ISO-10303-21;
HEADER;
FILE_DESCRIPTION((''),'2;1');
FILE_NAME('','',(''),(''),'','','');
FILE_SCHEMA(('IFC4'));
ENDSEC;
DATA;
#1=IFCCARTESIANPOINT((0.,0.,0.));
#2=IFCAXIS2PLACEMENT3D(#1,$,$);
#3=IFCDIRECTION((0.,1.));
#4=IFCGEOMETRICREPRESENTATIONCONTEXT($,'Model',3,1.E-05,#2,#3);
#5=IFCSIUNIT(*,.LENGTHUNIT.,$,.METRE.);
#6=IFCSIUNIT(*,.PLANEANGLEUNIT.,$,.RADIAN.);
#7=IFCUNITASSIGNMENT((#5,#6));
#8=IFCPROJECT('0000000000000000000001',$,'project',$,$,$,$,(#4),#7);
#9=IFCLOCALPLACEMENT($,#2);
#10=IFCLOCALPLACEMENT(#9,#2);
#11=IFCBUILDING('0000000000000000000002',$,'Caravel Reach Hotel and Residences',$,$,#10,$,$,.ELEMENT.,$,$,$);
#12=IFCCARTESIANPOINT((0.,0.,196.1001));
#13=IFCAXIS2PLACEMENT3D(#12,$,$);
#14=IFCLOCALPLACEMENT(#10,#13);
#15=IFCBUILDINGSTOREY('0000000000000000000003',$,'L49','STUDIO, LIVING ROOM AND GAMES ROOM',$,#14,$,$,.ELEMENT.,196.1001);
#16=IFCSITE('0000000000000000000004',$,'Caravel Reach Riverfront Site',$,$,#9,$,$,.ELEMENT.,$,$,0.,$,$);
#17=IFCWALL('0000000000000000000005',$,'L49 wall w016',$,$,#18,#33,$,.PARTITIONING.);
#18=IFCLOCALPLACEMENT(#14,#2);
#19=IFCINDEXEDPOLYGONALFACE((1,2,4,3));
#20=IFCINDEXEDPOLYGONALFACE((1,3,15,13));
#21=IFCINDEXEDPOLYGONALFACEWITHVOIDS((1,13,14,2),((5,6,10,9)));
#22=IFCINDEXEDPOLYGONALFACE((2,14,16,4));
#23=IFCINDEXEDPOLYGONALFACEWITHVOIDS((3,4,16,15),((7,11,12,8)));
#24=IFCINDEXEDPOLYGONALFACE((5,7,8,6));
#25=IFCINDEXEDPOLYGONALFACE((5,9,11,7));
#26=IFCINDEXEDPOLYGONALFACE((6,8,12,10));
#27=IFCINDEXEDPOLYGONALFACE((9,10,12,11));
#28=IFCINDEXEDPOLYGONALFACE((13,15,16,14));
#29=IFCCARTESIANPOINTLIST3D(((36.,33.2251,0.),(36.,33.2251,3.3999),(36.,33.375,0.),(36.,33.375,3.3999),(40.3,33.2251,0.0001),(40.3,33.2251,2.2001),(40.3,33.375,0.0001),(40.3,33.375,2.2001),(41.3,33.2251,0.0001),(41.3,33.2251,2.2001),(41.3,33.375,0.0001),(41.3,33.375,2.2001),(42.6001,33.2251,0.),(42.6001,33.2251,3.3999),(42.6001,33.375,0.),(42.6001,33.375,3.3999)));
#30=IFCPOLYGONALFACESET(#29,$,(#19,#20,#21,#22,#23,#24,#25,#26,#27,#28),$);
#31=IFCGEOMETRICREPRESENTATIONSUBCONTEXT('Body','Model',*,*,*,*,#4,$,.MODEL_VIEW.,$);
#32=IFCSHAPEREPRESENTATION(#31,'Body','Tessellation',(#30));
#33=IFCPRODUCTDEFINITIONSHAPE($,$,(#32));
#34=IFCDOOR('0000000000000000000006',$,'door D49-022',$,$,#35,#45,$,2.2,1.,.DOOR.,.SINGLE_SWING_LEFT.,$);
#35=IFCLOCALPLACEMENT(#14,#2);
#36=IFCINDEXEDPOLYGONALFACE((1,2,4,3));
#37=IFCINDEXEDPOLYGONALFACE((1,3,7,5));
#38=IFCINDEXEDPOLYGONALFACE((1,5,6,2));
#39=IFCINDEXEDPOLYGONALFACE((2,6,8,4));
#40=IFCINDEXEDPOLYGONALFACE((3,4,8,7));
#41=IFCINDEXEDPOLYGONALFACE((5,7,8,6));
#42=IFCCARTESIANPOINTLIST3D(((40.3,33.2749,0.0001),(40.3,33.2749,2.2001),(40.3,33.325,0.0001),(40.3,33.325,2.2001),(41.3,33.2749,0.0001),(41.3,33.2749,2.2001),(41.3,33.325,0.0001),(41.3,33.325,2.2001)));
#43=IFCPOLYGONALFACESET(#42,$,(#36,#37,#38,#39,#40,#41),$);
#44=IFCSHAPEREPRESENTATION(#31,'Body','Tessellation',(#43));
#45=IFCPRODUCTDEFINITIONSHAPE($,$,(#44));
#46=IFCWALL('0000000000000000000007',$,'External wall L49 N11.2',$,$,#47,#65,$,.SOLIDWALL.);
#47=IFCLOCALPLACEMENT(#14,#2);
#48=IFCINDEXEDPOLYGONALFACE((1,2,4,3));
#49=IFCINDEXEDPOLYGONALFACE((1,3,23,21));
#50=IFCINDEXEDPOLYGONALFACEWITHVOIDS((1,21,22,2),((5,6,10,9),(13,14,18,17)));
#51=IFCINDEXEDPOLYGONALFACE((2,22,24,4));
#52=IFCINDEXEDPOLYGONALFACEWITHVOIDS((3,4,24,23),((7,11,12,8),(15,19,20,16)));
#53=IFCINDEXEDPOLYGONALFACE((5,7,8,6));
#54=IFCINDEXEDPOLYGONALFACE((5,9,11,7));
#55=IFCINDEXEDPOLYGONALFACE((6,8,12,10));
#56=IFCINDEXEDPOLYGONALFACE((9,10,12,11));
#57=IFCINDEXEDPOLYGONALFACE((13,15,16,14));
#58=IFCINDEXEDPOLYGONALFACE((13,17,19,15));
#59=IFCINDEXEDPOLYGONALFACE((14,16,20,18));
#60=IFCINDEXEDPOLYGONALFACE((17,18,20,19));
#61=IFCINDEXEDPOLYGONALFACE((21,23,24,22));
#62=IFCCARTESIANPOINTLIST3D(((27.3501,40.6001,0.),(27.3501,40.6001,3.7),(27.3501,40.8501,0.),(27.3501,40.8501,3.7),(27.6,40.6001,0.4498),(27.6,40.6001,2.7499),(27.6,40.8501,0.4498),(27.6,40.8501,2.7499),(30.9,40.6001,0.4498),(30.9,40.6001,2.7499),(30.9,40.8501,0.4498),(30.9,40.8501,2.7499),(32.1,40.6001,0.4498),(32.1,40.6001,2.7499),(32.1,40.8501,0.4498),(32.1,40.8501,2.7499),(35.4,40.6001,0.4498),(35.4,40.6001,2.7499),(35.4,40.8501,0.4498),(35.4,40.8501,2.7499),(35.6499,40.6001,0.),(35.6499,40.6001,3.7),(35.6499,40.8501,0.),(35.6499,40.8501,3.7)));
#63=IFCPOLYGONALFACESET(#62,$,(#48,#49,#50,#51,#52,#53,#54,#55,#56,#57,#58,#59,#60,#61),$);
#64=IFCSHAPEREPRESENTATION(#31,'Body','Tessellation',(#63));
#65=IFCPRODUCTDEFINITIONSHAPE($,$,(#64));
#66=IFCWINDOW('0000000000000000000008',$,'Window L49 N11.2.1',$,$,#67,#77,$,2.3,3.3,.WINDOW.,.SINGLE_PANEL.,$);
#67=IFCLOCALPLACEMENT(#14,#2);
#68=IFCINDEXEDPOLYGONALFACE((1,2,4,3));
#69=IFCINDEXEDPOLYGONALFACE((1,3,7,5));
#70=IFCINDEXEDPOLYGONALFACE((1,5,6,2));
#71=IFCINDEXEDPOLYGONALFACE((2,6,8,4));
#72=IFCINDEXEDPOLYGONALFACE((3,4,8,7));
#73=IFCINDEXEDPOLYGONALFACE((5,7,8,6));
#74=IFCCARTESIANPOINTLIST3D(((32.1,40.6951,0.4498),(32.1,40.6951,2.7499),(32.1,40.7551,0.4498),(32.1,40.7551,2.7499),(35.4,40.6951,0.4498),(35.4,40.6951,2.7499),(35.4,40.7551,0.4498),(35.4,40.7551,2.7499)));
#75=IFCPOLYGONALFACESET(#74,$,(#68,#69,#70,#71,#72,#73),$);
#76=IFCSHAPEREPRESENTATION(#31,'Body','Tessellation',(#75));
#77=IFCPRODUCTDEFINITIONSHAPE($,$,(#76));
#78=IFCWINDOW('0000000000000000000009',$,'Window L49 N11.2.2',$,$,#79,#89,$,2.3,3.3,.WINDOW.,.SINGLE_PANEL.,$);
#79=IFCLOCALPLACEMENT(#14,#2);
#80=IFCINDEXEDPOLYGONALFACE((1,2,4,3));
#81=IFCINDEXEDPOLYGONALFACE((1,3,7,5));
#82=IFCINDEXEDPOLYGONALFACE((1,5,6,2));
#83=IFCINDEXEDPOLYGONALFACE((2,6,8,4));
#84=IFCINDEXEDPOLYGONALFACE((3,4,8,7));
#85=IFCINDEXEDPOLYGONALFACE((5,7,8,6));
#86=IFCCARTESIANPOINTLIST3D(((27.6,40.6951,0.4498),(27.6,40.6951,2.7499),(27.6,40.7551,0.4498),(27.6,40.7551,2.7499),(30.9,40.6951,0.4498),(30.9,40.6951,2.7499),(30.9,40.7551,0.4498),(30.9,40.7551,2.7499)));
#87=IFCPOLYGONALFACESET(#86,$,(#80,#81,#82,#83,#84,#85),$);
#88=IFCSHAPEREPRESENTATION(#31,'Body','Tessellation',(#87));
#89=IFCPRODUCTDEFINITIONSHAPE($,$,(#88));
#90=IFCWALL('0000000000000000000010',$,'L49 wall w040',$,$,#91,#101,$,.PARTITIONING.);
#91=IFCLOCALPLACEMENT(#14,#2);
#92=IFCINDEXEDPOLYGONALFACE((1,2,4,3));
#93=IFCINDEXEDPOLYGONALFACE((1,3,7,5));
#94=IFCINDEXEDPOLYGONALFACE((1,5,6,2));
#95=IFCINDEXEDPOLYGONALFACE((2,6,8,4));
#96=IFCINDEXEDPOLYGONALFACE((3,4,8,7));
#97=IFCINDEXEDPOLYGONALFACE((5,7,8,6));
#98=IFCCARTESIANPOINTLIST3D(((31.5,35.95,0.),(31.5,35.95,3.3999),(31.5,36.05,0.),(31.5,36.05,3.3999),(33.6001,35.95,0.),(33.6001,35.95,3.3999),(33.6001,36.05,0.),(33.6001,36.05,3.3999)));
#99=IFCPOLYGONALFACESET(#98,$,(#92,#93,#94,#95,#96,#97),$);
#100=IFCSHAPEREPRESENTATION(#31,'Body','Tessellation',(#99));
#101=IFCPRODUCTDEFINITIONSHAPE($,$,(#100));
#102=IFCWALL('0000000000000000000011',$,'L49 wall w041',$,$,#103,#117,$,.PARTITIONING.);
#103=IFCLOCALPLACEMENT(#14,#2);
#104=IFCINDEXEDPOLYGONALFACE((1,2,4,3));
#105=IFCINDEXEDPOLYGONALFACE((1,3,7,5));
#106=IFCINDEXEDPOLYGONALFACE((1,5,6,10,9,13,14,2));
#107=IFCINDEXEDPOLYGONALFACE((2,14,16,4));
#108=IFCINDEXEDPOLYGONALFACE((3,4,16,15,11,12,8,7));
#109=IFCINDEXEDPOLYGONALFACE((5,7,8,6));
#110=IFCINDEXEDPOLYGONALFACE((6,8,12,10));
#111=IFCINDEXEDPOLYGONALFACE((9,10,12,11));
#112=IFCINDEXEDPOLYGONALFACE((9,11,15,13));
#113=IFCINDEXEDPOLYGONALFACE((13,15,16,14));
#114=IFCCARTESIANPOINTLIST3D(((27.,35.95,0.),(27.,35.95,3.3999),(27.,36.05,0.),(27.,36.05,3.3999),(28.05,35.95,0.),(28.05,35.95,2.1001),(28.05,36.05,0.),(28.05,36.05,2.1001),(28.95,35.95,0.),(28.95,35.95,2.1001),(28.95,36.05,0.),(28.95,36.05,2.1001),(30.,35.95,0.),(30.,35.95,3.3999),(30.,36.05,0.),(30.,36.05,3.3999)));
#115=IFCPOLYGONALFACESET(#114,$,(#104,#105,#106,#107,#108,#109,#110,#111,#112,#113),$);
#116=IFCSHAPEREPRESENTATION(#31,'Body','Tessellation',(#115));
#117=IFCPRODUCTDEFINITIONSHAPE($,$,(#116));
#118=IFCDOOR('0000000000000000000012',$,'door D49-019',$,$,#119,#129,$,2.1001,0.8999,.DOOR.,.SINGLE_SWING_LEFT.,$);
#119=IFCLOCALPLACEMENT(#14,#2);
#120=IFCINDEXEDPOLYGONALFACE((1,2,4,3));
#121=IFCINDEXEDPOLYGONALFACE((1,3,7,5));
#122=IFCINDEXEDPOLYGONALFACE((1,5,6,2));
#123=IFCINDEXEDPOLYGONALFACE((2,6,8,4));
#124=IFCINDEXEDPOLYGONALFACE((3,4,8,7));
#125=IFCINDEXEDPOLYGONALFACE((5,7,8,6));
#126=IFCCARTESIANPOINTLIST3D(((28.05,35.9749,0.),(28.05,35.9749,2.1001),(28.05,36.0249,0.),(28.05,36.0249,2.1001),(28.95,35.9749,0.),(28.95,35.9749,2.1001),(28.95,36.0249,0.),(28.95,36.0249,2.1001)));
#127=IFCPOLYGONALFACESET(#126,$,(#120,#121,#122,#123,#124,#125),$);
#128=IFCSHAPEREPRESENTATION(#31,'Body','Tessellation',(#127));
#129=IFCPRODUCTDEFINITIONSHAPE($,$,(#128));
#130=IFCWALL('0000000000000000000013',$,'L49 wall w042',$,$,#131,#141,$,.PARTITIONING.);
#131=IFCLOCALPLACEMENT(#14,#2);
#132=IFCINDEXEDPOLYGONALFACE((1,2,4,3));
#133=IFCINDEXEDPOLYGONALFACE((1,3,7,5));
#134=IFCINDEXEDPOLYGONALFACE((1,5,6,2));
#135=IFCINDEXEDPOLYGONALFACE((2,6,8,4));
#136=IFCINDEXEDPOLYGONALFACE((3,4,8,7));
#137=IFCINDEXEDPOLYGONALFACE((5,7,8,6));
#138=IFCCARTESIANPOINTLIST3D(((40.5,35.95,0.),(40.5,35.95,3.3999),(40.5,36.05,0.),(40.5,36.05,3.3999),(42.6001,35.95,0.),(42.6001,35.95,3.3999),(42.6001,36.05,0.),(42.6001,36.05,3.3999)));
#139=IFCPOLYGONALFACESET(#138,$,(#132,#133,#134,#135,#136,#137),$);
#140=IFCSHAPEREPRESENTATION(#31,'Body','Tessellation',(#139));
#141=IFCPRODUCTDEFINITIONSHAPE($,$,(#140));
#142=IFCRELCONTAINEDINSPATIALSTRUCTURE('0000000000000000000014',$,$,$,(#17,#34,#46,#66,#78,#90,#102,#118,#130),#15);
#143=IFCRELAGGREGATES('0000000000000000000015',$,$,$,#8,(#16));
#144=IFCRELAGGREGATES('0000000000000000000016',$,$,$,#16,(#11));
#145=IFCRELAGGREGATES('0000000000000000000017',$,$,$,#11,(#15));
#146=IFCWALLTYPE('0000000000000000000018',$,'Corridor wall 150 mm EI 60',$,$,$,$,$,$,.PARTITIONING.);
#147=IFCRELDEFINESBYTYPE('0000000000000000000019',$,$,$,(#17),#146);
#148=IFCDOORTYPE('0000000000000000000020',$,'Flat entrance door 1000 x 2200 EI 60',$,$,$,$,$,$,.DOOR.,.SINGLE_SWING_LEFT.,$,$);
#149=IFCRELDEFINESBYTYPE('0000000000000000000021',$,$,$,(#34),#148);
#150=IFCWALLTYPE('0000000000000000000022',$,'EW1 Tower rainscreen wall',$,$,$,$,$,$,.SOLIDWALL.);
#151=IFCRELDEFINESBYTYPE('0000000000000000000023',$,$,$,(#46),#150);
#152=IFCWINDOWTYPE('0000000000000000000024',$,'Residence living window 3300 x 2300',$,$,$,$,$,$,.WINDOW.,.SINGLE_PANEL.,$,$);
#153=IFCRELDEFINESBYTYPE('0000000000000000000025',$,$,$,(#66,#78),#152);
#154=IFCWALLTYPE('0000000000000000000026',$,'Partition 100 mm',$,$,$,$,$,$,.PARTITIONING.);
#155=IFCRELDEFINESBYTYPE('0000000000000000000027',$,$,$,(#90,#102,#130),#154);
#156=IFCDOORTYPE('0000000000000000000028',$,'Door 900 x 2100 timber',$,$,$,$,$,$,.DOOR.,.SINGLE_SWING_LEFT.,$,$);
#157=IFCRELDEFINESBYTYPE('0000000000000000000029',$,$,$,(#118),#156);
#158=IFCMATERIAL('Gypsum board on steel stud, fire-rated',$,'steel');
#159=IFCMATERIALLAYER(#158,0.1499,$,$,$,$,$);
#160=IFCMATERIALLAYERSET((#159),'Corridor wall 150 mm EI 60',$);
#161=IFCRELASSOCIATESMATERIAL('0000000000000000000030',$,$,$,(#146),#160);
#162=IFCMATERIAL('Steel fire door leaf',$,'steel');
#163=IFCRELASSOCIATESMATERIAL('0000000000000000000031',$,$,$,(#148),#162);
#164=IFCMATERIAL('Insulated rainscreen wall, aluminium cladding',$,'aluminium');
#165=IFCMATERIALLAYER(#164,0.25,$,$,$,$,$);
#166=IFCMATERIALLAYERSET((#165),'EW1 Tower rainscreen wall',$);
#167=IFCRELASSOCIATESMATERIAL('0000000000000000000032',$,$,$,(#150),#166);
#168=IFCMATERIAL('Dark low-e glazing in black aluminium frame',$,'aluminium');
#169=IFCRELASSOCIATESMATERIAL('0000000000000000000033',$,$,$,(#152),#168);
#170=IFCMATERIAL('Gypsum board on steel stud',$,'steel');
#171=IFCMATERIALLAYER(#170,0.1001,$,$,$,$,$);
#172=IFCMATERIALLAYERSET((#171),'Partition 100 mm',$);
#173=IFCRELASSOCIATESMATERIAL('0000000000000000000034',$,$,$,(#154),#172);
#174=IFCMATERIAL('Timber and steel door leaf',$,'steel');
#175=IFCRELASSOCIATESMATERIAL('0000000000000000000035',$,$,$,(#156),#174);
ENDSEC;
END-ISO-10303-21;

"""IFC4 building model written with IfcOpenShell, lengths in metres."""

from ifc_helpers import new_model, si_unit, direction, frame, frame_2d, origin, place, context, subcontext, project, spatial, rectangle, extrude, material, layer, layer_set, type_object, element, fill, save


model = new_model("IFC4")

# Units and contexts
model_context = context("Model", 3, precision=1e-05, world=origin(), true_north=direction((0.0, 1.0)))
body_context = subcontext(model_context, "Body", "Model", "MODEL_VIEW")
ifc_project = project(units=[si_unit("LENGTHUNIT", "METRE"), si_unit("PLANEANGLEUNIT", "RADIAN")], contexts=[model_context])

# Site, building, storey
site_placement = place(None, origin())
site = spatial("IfcSite", under=ifc_project, at=site_placement, Name="Caravel Reach Riverfront Site", CompositionType="ELEMENT", RefElevation=0.0)
building_placement = place(site_placement, origin())
building = spatial("IfcBuilding", under=site, at=building_placement, Name="Caravel Reach Hotel and Residences", CompositionType="ELEMENT")
storey_placement = place(building_placement, frame((0.0, 0.0, 196.1001)))
storey = spatial("IfcBuildingStorey", under=building, at=storey_placement, Name="L49", Description="STUDIO, LIVING ROOM AND GAMES ROOM", CompositionType="ELEMENT", Elevation=196.1001)

# Wall, opening, door
ifc_material_1 = material(Name="Gypsum board on steel stud, fire-rated", Category="steel")
ifc_layer_1 = layer(ifc_material_1, 0.1499)
ifc_layer_set_1 = layer_set([ifc_layer_1], Name="Corridor wall 150 mm EI 60")
wall_type_1 = type_object("IfcWallType", Name="Corridor wall 150 mm EI 60", PredefinedType="PARTITIONING", material=ifc_layer_set_1)
wall_1_placement = place(storey_placement, frame((36.0, 33.3, 0.0), z_axis=(0.0, 0.0, 1.0), x_axis=(1.0, 0.0, 0.0)))
wall_1 = element("IfcWall", 1, at=wall_1_placement, inside=storey, type_object=wall_type_1, Name="L49 wall w016", PredefinedType="PARTITIONING", context=body_context, shape_type="SweptSolid", body=[
    extrude(rectangle(XDim=6.6001, YDim=0.1499, at=frame_2d((3.3, 0.0))), origin(), (0.0, 0.0, 1.0), 3.3999),
])
opening_1_placement = place(wall_1_placement, frame((4.3, 0.0, 0.0)))
opening_1 = element("IfcOpeningElement", 2, at=opening_1_placement, cuts=wall_1, PredefinedType="OPENING", context=body_context, shape_type="SweptSolid", body=[
    extrude(rectangle(XDim=1.0, YDim=2.2, at=frame_2d((0.5, 1.1001))), frame((0.0, 0.085, 0.0), z_axis=(0.0, -1.0, 0.0), x_axis=(1.0, 0.0, 0.0)), (0.0, 0.0, 1.0), 0.1699),
])
ifc_material_2 = material(Name="Steel fire door leaf", Category="steel")
door_type_1 = type_object("IfcDoorType", Name="Flat entrance door 1000 x 2200 EI 60", OperationType="SINGLE_SWING_LEFT", PredefinedType="DOOR", material=ifc_material_2)
door_1_placement = place(opening_1_placement, origin())
door_1 = element("IfcDoor", 3, at=door_1_placement, inside=storey, type_object=door_type_1, Name="door D49-022", OperationType="SINGLE_SWING_LEFT", OverallHeight=2.2, OverallWidth=1.0, PredefinedType="DOOR", context=body_context, shape_type="SweptSolid", body=[
    extrude(rectangle(XDim=1.0, YDim=2.2, at=frame_2d((0.5, 1.1001))), frame((0.0, 0.0249, 0.0), z_axis=(0.0, -1.0, 0.0), x_axis=(1.0, 0.0, 0.0)), (0.0, 0.0, 1.0), 0.05),
])
fill(opening_1, door_1)

# Wall, openings, windows
ifc_material_3 = material(Name="Insulated rainscreen wall, aluminium cladding", Category="aluminium")
ifc_layer_2 = layer(ifc_material_3, 0.25)
ifc_layer_set_2 = layer_set([ifc_layer_2], Name="EW1 Tower rainscreen wall")
wall_type_2 = type_object("IfcWallType", Name="EW1 Tower rainscreen wall", PredefinedType="SOLIDWALL", material=ifc_layer_set_2)
wall_2_placement = place(storey_placement, frame((35.6499, 40.7251, 0.0), z_axis=(0.0, 0.0, 1.0), x_axis=(-1.0, 0.0, 0.0)))
wall_2 = element("IfcWall", 4, at=wall_2_placement, inside=storey, type_object=wall_type_2, Name="External wall L49 N11.2", PredefinedType="SOLIDWALL", context=body_context, shape_type="SweptSolid", body=[
    extrude(rectangle(XDim=8.2998, YDim=0.25, at=frame_2d((4.1499, 0.0))), origin(), (0.0, 0.0, 1.0), 3.7),
])
opening_2_placement = place(wall_2_placement, frame((0.25, 0.0, 0.45)))
opening_2 = element("IfcOpeningElement", 5, at=opening_2_placement, cuts=wall_2, PredefinedType="OPENING", context=body_context, shape_type="SweptSolid", body=[
    extrude(rectangle(XDim=3.3, YDim=2.3, at=frame_2d((1.6499, 1.1499))), frame((0.0, 0.135, 0.0), z_axis=(0.0, -1.0, 0.0), x_axis=(1.0, 0.0, 0.0)), (0.0, 0.0, 1.0), 0.27),
])
opening_3_placement = place(wall_2_placement, frame((4.75, 0.0, 0.45)))
opening_3 = element("IfcOpeningElement", 6, at=opening_3_placement, cuts=wall_2, PredefinedType="OPENING", context=body_context, shape_type="SweptSolid", body=[
    extrude(rectangle(XDim=3.3, YDim=2.3, at=frame_2d((1.6499, 1.1499))), frame((0.0, 0.135, 0.0), z_axis=(0.0, -1.0, 0.0), x_axis=(1.0, 0.0, 0.0)), (0.0, 0.0, 1.0), 0.27),
])
ifc_material_4 = material(Name="Dark low-e glazing in black aluminium frame", Category="aluminium")
window_type = type_object("IfcWindowType", Name="Residence living window 3300 x 2300", PartitioningType="SINGLE_PANEL", PredefinedType="WINDOW", material=ifc_material_4)
window_1_placement = place(opening_2_placement, origin())
window_1 = element("IfcWindow", 7, at=window_1_placement, inside=storey, type_object=window_type, Name="Window L49 N11.2.1", OverallHeight=2.3, OverallWidth=3.3, PartitioningType="SINGLE_PANEL", PredefinedType="WINDOW", context=body_context, shape_type="SweptSolid", body=[
    extrude(rectangle(XDim=3.3, YDim=2.3, at=frame_2d((1.6499, 1.1499))), frame((0.0, 0.03, 0.0), z_axis=(0.0, -1.0, 0.0), x_axis=(1.0, 0.0, 0.0)), (0.0, 0.0, 1.0), 0.0601),
])
fill(opening_2, window_1)
window_2_placement = place(opening_3_placement, origin())
window_2 = element("IfcWindow", 8, at=window_2_placement, inside=storey, type_object=window_type, Name="Window L49 N11.2.2", OverallHeight=2.3, OverallWidth=3.3, PartitioningType="SINGLE_PANEL", PredefinedType="WINDOW", context=body_context, shape_type="SweptSolid", body=[
    extrude(rectangle(XDim=3.3, YDim=2.3, at=frame_2d((1.6499, 1.1499))), frame((0.0, 0.03, 0.0), z_axis=(0.0, -1.0, 0.0), x_axis=(1.0, 0.0, 0.0)), (0.0, 0.0, 1.0), 0.0601),
])
fill(opening_3, window_2)

# Wall
ifc_material_5 = material(Name="Gypsum board on steel stud", Category="steel")
ifc_layer_3 = layer(ifc_material_5, 0.1001)
ifc_layer_set_3 = layer_set([ifc_layer_3], Name="Partition 100 mm")
wall_type_3 = type_object("IfcWallType", Name="Partition 100 mm", PredefinedType="PARTITIONING", material=ifc_layer_set_3)
wall_3_placement = place(storey_placement, frame((31.5, 36.0, 0.0), z_axis=(0.0, 0.0, 1.0), x_axis=(1.0, 0.0, 0.0)))
element("IfcWall", 9, at=wall_3_placement, inside=storey, type_object=wall_type_3, Name="L49 wall w040", PredefinedType="PARTITIONING", context=body_context, shape_type="SweptSolid", body=[
    extrude(rectangle(XDim=2.1001, YDim=0.1001, at=frame_2d((1.05, 0.0))), origin(), (0.0, 0.0, 1.0), 3.3999),
])

# Wall, opening, door
wall_4_placement = place(storey_placement, frame((27.0, 36.0, 0.0), z_axis=(0.0, 0.0, 1.0), x_axis=(1.0, 0.0, 0.0)))
wall_4 = element("IfcWall", 10, at=wall_4_placement, inside=storey, type_object=wall_type_3, Name="L49 wall w041", PredefinedType="PARTITIONING", context=body_context, shape_type="SweptSolid", body=[
    extrude(rectangle(XDim=3.0, YDim=0.1001, at=frame_2d((1.5, 0.0))), origin(), (0.0, 0.0, 1.0), 3.3999),
])
opening_4_placement = place(wall_4_placement, frame((1.05, 0.0, 0.0)))
opening_4 = element("IfcOpeningElement", 11, at=opening_4_placement, cuts=wall_4, PredefinedType="OPENING", context=body_context, shape_type="SweptSolid", body=[
    extrude(rectangle(XDim=0.8999, YDim=2.1001, at=frame_2d((0.45, 1.05))), frame((0.0, 0.0601, 0.0), z_axis=(0.0, -1.0, 0.0), x_axis=(1.0, 0.0, 0.0)), (0.0, 0.0, 1.0), 0.1201),
])
ifc_material_6 = material(Name="Timber and steel door leaf", Category="steel")
door_type_2 = type_object("IfcDoorType", Name="Door 900 x 2100 timber", OperationType="SINGLE_SWING_LEFT", PredefinedType="DOOR", material=ifc_material_6)
door_2_placement = place(opening_4_placement, origin())
door_2 = element("IfcDoor", 12, at=door_2_placement, inside=storey, type_object=door_type_2, Name="door D49-019", OperationType="SINGLE_SWING_LEFT", OverallHeight=2.1001, OverallWidth=0.8999, PredefinedType="DOOR", context=body_context, shape_type="SweptSolid", body=[
    extrude(rectangle(XDim=0.8999, YDim=2.1001, at=frame_2d((0.45, 1.05))), frame((0.0, 0.0249, 0.0), z_axis=(0.0, -1.0, 0.0), x_axis=(1.0, 0.0, 0.0)), (0.0, 0.0, 1.0), 0.05),
])
fill(opening_4, door_2)

# Wall
wall_5_placement = place(storey_placement, frame((40.5, 36.0, 0.0), z_axis=(0.0, 0.0, 1.0), x_axis=(1.0, 0.0, 0.0)))
element("IfcWall", 13, at=wall_5_placement, inside=storey, type_object=wall_type_3, Name="L49 wall w042", PredefinedType="PARTITIONING", context=body_context, shape_type="SweptSolid", body=[
    extrude(rectangle(XDim=2.1001, YDim=0.1001, at=frame_2d((1.05, 0.0))), origin(), (0.0, 0.0, 1.0), 3.3999),
])

save(model, "model.ifc")
